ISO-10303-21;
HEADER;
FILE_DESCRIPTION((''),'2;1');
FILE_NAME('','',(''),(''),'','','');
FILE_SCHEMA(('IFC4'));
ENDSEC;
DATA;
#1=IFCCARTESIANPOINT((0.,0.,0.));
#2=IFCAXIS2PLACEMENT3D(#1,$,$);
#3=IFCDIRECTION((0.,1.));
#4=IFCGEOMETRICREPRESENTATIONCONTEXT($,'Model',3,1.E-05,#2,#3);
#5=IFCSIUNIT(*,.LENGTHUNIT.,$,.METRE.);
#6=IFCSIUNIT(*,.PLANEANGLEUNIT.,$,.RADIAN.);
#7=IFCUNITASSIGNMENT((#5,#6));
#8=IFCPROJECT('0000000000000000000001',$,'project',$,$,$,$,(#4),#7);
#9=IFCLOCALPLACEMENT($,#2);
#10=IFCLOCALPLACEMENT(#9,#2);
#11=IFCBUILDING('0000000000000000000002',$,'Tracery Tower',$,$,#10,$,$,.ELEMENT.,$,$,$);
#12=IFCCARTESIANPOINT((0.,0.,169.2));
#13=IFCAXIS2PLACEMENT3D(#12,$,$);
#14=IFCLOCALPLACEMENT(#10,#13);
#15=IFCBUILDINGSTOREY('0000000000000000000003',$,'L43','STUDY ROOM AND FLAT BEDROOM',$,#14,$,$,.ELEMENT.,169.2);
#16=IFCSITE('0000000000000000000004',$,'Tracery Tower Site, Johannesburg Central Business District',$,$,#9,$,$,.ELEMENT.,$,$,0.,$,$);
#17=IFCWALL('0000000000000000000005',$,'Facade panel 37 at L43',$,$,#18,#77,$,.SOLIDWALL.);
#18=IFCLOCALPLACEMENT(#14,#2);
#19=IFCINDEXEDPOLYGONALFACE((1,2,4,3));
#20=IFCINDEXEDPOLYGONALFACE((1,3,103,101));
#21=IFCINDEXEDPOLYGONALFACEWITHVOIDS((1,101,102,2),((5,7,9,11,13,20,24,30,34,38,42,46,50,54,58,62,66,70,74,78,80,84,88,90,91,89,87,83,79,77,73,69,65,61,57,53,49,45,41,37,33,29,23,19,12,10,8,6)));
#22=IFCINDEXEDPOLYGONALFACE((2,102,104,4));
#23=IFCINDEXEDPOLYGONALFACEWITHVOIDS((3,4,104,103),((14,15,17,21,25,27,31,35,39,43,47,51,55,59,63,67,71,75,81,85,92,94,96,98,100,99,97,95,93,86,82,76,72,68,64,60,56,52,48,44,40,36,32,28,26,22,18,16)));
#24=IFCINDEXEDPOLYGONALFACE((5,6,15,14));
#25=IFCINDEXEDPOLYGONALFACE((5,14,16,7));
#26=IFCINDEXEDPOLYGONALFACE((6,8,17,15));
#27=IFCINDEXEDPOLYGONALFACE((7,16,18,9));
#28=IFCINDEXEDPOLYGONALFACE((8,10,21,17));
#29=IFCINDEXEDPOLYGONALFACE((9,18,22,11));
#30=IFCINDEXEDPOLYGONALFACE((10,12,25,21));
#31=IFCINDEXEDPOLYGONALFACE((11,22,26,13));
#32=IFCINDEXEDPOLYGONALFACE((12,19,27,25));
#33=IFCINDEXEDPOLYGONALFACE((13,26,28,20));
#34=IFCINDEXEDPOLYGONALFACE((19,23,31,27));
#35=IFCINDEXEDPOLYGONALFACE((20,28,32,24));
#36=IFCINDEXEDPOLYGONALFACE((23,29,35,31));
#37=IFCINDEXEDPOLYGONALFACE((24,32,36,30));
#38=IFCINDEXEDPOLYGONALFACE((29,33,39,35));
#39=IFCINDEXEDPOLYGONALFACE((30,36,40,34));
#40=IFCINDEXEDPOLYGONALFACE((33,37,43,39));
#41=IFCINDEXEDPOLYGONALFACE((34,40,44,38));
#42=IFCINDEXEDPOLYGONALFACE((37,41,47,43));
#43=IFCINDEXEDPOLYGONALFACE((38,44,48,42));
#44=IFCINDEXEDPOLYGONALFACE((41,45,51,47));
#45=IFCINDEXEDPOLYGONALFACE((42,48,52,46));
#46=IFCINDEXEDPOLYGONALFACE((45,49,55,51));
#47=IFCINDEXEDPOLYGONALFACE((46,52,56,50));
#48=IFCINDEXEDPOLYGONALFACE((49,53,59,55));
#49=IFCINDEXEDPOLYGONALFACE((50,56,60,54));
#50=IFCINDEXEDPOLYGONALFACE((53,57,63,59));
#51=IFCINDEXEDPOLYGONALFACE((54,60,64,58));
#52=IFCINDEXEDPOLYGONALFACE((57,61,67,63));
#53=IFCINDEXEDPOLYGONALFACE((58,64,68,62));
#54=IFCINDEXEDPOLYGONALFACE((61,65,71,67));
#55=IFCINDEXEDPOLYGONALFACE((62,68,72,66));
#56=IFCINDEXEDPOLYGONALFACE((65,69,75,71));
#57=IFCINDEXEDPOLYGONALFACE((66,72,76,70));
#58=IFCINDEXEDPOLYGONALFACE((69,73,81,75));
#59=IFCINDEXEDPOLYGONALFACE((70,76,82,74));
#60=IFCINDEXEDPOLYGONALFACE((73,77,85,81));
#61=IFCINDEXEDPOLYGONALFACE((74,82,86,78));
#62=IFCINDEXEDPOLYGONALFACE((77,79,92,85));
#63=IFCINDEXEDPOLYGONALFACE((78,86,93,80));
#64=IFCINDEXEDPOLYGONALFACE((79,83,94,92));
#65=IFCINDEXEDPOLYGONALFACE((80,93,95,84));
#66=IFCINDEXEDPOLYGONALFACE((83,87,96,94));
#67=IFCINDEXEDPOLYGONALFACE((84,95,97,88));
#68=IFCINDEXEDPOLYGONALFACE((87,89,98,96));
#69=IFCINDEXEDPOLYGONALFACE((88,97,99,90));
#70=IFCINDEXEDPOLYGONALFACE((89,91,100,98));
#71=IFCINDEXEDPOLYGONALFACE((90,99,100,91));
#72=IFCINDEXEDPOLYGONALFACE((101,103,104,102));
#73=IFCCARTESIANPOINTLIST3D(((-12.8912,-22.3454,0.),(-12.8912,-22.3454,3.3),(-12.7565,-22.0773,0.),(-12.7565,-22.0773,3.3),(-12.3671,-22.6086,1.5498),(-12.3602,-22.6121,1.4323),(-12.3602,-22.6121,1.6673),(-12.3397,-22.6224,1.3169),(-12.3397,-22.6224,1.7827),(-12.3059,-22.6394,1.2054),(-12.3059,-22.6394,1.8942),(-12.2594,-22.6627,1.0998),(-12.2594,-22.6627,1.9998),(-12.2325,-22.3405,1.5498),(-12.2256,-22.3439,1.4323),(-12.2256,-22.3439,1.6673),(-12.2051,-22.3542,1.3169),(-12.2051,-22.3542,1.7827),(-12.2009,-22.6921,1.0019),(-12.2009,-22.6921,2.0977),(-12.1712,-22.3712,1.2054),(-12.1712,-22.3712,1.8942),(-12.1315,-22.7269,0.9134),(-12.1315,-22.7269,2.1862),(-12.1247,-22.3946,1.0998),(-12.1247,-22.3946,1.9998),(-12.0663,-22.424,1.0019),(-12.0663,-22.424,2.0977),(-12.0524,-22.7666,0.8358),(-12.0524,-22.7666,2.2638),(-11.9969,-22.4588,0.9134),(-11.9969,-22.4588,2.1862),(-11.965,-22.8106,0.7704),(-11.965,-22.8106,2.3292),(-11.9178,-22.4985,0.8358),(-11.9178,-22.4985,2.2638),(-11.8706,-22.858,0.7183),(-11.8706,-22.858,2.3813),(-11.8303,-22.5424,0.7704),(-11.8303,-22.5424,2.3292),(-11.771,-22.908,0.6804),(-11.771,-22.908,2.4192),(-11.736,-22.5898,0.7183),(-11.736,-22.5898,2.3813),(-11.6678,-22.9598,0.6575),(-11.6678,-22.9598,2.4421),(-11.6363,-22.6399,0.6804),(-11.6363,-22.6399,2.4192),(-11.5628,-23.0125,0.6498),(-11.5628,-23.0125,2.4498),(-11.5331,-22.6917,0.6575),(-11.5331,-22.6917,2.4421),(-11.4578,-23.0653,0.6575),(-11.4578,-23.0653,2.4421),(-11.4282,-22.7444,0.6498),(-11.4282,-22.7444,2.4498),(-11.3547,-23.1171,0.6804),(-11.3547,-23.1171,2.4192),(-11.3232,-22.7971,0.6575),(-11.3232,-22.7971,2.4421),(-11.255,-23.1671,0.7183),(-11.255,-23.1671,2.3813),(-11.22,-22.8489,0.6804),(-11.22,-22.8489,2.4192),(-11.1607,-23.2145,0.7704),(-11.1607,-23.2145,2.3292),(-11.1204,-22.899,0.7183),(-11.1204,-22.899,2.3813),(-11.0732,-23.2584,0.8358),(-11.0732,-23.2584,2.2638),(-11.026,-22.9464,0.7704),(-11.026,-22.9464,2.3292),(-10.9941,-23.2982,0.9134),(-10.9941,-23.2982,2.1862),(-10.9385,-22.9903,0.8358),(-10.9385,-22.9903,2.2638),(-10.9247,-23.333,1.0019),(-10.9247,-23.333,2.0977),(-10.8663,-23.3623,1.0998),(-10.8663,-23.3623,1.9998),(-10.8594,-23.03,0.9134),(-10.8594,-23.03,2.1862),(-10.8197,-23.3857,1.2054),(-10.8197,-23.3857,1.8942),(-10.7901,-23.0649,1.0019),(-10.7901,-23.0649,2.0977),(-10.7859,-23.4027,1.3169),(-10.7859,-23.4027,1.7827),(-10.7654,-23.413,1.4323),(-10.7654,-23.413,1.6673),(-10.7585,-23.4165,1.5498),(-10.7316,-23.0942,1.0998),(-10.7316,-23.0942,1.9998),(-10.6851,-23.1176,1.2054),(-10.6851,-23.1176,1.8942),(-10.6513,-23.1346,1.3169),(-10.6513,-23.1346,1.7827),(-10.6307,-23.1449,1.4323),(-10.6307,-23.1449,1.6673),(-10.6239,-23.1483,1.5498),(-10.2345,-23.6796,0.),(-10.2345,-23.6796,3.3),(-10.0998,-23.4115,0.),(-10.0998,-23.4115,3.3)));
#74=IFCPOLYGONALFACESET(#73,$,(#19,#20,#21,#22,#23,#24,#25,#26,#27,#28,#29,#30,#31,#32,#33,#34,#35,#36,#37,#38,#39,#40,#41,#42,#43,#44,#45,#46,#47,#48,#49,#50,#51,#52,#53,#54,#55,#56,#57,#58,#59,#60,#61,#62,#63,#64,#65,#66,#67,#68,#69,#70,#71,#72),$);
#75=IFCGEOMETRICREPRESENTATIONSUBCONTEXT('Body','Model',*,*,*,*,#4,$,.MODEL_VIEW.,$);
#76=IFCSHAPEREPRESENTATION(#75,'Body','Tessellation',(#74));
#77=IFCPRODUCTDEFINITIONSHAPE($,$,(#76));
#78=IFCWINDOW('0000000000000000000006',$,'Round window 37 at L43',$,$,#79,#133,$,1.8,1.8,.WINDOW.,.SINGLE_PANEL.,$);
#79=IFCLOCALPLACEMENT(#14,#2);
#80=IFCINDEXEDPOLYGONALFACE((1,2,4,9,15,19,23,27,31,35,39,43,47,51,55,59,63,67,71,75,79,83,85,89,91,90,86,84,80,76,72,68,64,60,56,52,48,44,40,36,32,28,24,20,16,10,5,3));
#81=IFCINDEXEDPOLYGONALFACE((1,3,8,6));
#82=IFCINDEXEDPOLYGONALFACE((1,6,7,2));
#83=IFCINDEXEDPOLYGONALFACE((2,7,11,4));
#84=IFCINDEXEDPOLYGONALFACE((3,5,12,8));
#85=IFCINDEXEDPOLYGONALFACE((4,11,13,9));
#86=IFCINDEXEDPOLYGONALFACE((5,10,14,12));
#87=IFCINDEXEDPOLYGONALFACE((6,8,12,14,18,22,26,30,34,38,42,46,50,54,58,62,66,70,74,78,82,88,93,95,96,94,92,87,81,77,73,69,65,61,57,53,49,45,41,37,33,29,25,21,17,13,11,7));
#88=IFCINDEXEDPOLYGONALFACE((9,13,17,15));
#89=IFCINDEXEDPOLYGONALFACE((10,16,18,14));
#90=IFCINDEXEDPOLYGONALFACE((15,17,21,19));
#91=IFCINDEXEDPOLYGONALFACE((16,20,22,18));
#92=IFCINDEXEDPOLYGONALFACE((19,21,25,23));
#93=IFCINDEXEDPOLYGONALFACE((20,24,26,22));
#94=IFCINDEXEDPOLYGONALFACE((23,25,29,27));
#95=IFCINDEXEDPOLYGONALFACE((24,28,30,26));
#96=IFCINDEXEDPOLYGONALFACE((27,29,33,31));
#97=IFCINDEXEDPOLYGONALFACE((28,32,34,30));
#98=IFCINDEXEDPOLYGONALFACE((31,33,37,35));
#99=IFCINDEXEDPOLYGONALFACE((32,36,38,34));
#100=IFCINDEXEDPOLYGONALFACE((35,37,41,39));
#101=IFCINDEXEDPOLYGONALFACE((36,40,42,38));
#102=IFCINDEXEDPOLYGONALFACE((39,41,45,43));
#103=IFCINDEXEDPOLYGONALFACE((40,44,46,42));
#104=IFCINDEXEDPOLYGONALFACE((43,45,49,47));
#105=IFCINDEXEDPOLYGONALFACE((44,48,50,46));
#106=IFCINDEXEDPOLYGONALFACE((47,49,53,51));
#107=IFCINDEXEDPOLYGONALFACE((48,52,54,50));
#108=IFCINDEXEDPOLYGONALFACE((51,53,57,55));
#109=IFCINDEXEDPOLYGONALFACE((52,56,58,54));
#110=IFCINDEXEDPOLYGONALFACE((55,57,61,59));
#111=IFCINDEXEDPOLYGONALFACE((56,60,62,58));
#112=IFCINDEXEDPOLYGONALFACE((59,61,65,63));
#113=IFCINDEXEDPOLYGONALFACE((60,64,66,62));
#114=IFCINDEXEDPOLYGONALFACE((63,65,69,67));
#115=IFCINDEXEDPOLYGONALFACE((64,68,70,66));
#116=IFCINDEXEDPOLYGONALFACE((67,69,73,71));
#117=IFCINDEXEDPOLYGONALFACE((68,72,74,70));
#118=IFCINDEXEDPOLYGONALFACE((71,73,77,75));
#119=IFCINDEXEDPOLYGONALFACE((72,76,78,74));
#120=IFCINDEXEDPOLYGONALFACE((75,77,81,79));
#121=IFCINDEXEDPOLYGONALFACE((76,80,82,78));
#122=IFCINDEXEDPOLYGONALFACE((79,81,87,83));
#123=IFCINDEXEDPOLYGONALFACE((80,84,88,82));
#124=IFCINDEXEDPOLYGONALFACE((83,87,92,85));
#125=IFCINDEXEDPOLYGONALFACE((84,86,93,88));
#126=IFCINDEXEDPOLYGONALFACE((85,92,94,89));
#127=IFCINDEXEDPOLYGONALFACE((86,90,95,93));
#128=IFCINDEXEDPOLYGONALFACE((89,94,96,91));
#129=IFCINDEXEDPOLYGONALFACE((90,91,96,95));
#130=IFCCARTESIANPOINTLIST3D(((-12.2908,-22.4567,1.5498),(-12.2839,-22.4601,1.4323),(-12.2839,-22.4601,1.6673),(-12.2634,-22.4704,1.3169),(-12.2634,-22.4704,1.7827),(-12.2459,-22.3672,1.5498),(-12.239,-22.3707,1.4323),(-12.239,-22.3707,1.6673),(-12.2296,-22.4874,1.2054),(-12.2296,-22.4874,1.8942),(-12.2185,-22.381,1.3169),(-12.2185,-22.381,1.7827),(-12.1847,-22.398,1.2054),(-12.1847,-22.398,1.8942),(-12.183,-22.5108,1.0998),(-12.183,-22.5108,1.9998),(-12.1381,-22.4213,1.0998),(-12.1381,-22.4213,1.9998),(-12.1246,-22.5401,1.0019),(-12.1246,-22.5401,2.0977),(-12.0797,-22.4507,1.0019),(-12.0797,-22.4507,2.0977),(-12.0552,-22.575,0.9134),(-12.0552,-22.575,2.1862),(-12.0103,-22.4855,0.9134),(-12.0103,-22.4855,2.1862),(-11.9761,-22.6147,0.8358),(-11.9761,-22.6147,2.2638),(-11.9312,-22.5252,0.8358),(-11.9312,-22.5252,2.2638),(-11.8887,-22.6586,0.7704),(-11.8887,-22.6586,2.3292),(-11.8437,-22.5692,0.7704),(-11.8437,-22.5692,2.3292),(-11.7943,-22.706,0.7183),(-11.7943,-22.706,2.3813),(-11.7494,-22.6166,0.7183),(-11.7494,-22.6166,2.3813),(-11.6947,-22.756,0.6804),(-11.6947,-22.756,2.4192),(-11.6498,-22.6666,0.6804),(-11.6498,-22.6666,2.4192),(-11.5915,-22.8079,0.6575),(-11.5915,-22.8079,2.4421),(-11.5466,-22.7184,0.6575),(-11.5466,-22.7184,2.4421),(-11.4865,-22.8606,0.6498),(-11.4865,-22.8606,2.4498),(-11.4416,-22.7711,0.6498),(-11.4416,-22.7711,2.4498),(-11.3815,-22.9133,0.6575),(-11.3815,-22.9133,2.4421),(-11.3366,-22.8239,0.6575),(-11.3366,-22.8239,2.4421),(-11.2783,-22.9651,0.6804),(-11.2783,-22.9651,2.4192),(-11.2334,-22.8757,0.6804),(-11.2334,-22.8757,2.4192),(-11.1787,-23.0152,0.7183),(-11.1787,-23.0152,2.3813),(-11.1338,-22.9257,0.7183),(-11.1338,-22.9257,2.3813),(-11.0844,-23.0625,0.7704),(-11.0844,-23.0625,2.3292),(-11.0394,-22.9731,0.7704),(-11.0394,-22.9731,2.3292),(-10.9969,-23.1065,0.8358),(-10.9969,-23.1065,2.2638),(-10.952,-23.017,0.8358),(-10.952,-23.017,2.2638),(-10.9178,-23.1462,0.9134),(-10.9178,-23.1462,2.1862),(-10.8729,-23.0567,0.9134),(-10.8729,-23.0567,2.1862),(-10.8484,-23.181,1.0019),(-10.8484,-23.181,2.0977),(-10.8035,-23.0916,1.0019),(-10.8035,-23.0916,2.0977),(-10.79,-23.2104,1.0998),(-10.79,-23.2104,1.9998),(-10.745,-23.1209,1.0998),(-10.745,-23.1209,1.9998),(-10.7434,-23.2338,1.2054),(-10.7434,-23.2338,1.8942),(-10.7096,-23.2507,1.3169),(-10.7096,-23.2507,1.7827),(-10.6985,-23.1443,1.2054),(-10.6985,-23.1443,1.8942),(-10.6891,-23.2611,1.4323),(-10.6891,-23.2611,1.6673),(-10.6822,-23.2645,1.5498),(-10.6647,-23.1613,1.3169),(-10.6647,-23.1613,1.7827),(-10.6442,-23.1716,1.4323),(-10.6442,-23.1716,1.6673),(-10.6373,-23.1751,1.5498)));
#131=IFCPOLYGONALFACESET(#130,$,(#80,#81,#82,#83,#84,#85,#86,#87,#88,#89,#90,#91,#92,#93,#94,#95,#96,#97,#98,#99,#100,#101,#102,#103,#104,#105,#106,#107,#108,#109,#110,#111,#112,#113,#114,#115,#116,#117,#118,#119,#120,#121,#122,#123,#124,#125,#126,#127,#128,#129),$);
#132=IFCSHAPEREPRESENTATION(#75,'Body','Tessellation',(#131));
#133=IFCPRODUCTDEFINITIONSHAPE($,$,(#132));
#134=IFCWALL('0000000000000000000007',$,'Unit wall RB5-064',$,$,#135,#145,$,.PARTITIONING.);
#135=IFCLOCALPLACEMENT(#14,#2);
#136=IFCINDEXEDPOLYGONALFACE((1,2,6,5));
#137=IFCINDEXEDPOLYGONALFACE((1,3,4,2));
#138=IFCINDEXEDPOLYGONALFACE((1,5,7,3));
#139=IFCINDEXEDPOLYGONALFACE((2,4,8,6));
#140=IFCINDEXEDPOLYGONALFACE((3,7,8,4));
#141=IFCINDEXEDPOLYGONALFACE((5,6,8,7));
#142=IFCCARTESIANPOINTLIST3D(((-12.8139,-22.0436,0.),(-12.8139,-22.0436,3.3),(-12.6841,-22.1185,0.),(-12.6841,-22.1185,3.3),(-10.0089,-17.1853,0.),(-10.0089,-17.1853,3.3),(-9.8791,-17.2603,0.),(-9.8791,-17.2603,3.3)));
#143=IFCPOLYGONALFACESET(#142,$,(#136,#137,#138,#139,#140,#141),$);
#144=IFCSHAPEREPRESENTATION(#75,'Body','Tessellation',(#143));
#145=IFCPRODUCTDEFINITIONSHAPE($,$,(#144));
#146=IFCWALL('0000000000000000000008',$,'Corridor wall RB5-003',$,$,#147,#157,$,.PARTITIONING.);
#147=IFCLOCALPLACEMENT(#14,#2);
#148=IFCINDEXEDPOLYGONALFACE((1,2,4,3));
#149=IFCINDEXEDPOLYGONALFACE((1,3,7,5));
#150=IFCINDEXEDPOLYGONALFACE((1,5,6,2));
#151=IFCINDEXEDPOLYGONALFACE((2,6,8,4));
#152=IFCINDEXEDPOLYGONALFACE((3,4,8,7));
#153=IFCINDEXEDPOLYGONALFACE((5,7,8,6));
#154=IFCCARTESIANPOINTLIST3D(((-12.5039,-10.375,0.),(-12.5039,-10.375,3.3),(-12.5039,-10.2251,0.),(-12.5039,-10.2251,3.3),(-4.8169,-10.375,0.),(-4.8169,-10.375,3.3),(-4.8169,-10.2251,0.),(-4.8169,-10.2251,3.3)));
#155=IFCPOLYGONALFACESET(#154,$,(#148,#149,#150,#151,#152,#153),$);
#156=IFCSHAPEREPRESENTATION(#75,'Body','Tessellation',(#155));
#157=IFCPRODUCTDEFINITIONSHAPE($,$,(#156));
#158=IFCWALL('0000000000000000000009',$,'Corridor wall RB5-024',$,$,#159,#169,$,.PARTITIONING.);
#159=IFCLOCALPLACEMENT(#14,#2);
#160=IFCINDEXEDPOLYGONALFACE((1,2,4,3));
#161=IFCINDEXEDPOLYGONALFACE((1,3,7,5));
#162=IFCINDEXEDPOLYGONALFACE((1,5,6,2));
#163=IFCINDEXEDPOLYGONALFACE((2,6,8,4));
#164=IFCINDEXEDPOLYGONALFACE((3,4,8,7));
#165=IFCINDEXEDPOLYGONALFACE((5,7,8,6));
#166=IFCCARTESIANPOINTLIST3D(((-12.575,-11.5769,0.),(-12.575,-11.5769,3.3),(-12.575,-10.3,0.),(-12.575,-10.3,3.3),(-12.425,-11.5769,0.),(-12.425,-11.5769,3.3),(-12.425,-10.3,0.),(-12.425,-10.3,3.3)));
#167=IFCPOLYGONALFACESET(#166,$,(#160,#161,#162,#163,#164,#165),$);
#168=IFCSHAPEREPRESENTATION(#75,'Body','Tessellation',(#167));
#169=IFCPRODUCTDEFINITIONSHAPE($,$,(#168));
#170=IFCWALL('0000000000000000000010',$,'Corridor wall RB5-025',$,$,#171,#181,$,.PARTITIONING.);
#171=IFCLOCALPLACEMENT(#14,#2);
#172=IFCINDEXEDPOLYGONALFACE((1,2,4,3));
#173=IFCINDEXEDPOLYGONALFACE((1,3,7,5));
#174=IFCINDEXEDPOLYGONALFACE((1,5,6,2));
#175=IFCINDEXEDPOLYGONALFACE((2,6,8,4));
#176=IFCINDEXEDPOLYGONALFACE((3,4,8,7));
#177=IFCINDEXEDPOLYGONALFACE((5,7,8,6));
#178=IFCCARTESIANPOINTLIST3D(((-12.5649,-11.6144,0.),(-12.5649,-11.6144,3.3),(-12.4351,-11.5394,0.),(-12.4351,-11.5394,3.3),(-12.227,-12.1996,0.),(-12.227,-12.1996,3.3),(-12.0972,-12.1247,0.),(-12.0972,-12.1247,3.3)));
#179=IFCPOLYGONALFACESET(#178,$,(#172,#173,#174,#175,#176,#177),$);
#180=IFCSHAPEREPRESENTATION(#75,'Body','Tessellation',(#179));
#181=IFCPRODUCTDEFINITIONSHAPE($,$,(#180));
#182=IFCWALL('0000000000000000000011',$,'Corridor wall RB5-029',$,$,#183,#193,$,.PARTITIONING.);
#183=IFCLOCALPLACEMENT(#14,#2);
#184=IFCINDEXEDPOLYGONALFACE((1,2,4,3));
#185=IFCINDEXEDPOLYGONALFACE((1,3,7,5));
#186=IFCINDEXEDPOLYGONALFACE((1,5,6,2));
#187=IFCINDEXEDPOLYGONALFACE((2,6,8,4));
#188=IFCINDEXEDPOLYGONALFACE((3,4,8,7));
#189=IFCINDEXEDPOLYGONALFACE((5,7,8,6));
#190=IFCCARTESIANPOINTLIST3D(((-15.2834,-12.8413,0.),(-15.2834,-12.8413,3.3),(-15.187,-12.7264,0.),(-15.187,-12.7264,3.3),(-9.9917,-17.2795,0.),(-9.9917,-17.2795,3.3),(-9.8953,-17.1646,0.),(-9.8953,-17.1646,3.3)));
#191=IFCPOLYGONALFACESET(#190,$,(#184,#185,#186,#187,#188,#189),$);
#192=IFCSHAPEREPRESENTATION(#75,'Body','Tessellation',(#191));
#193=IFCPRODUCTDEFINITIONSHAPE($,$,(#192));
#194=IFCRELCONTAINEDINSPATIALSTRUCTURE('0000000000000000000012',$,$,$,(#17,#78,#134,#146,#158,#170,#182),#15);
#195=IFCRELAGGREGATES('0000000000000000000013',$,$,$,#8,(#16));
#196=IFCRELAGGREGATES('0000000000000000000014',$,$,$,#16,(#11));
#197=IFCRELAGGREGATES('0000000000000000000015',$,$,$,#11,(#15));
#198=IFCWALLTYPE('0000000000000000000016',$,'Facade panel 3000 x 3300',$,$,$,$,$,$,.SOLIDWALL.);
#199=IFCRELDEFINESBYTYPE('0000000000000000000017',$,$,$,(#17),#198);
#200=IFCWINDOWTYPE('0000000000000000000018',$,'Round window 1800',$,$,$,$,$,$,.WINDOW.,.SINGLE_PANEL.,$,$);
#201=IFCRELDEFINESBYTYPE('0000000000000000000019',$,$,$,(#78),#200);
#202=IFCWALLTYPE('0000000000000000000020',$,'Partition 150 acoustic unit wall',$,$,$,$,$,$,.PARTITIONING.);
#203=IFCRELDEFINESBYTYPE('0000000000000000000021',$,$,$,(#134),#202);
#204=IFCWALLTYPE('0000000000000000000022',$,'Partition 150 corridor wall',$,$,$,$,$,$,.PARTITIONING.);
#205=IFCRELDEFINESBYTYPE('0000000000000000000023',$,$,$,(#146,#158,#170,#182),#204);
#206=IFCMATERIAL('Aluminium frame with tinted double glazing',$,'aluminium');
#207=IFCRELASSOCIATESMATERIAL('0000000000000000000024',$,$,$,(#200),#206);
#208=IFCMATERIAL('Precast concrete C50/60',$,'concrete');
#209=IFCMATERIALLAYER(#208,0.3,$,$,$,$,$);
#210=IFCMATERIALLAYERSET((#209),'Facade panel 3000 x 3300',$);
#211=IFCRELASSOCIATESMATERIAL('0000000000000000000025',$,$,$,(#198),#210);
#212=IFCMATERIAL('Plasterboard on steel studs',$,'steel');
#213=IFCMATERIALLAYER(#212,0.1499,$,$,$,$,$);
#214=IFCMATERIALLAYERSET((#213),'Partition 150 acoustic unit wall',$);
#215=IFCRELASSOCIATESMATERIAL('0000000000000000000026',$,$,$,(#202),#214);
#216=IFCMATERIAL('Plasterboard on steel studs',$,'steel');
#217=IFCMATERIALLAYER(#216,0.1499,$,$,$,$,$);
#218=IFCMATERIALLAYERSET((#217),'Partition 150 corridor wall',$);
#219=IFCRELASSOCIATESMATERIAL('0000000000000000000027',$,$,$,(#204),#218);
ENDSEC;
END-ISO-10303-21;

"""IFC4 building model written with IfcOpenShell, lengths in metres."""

from ifc_helpers import new_model, si_unit, direction, frame, frame_2d, origin, origin_2d, place, context, subcontext, project, spatial, rectangle, circle, extrude, material, layer, layer_set, type_object, element, fill, save


model = new_model("IFC4")

# Units and contexts
model_context = context("Model", 3, precision=1e-05, world=origin(), true_north=direction((0.0, 1.0)))
body_context = subcontext(model_context, "Body", "Model", "MODEL_VIEW")
ifc_project = project(units=[si_unit("LENGTHUNIT", "METRE"), si_unit("PLANEANGLEUNIT", "RADIAN")], contexts=[model_context])

# Site, building, storey
site_placement = place(None, origin())
site = spatial("IfcSite", under=ifc_project, at=site_placement, Name="Tracery Tower Site, Johannesburg Central Business District", CompositionType="ELEMENT", RefElevation=0.0)
building_placement = place(site_placement, origin())
building = spatial("IfcBuilding", under=site, at=building_placement, Name="Tracery Tower", CompositionType="ELEMENT")
storey_placement = place(building_placement, frame((0.0, 0.0, 169.2)))
storey = spatial("IfcBuildingStorey", under=building, at=storey_placement, Name="L43", Description="STUDY ROOM AND FLAT BEDROOM", CompositionType="ELEMENT", Elevation=169.2)

# Wall, opening, window
ifc_material_1 = material(Name="Aluminium frame with tinted double glazing", Category="aluminium")
window_type = type_object("IfcWindowType", Name="Round window 1800", PartitioningType="SINGLE_PANEL", PredefinedType="WINDOW", material=ifc_material_1)
ifc_material_2 = material(Name="Precast concrete C50/60", Category="concrete")
ifc_layer_1 = layer(ifc_material_2, 0.3)
ifc_layer_set_1 = layer_set([ifc_layer_1], Name="Facade panel 3000 x 3300")
wall_type_1 = type_object("IfcWallType", Name="Facade panel 3000 x 3300", PredefinedType="SOLIDWALL", material=ifc_layer_set_1)
wall_1_placement = place(storey_placement, frame((-12.8237, -22.2114, 0.0), z_axis=(0.0, 0.0, 1.0), x_axis=(0.893637, -0.44879, 0.0)))
wall_1 = element("IfcWall", 1, at=wall_1_placement, inside=storey, type_object=wall_type_1, Name="Facade panel 37 at L43", PredefinedType="SOLIDWALL", context=body_context, shape_type="SweptSolid", body=[
    extrude(rectangle(XDim=2.9729, YDim=0.3, at=frame_2d((1.4863, 0.0))), origin(), (0.0, 0.0, 1.0), 3.3),
])
opening_1_placement = place(wall_1_placement, frame((1.4863, 0.0, 1.5498)))
opening_1 = element("IfcOpeningElement", 2, at=opening_1_placement, cuts=wall_1, PredefinedType="OPENING", context=body_context, shape_type="SweptSolid", body=[
    extrude(circle(Radius=0.9, at=origin_2d()), frame((0.0, 0.1599, 0.0), z_axis=(0.0, -1.0, 0.0), x_axis=(1.0, 0.0, 0.0)), (0.0, 0.0, 1.0), 0.3201),
])
window_1_placement = place(opening_1_placement, origin())
window_1 = element("IfcWindow", 3, at=window_1_placement, inside=storey, type_object=window_type, Name="Round window 37 at L43", OverallHeight=1.8, OverallWidth=1.8, PartitioningType="SINGLE_PANEL", PredefinedType="WINDOW", context=body_context, shape_type="SweptSolid", body=[
    extrude(circle(Radius=0.9, at=origin_2d()), frame((0.0, 0.1201, 0.0), z_axis=(0.0, -1.0, 0.0), x_axis=(1.0, 0.0, 0.0)), (0.0, 0.0, 1.0), 0.1001),
])
fill(opening_1, window_1)

# Walls
ifc_material_3 = material(Name="Plasterboard on steel studs", Category="steel")
ifc_layer_2 = layer(ifc_material_3, 0.1499)
ifc_layer_set_2 = layer_set([ifc_layer_2], Name="Partition 150 acoustic unit wall")
wall_type_2 = type_object("IfcWallType", Name="Partition 150 acoustic unit wall", PredefinedType="PARTITIONING", material=ifc_layer_set_2)
wall_2_placement = place(storey_placement, frame((-12.749, -22.0811, 0.0), z_axis=(0.0, 0.0, 1.0), x_axis=(0.50001, 0.86602, 0.0)))
element("IfcWall", 4, at=wall_2_placement, inside=storey, type_object=wall_type_2, Name="Unit wall RB5-064", PredefinedType="PARTITIONING", context=body_context, shape_type="SweptSolid", body=[
    extrude(rectangle(XDim=5.6099, YDim=0.1499, at=frame_2d((2.8049, 0.0))), origin(), (0.0, 0.0, 1.0), 3.3),
])
ifc_material_4 = material(Name="Plasterboard on steel studs", Category="steel")
ifc_layer_3 = layer(ifc_material_4, 0.1499)
ifc_layer_set_3 = layer_set([ifc_layer_3], Name="Partition 150 corridor wall")
wall_type_3 = type_object("IfcWallType", Name="Partition 150 corridor wall", PredefinedType="PARTITIONING", material=ifc_layer_set_3)
wall_3_placement = place(storey_placement, frame((-12.5039, -10.3, 0.0), z_axis=(0.0, 0.0, 1.0), x_axis=(1.0, 0.0, 0.0)))
element("IfcWall", 5, at=wall_3_placement, inside=storey, type_object=wall_type_3, Name="Corridor wall RB5-003", PredefinedType="PARTITIONING", context=body_context, shape_type="SweptSolid", body=[
    extrude(rectangle(XDim=7.687, YDim=0.1499, at=frame_2d((3.8435, 0.0))), origin(), (0.0, 0.0, 1.0), 3.3),
])
wall_4_placement = place(storey_placement, frame((-12.5, -11.5769, 0.0), z_axis=(0.0, 0.0, 1.0), x_axis=(0.0, 1.0, 0.0)))
element("IfcWall", 6, at=wall_4_placement, inside=storey, type_object=wall_type_3, Name="Corridor wall RB5-024", PredefinedType="PARTITIONING", context=body_context, shape_type="SweptSolid", body=[
    extrude(rectangle(XDim=1.2769, YDim=0.1499, at=frame_2d((0.6384, 0.0))), origin(), (0.0, 0.0, 1.0), 3.3),
])
wall_5_placement = place(storey_placement, frame((-12.5, -11.5769, 0.0), z_axis=(0.0, 0.0, 1.0), x_axis=(0.500025, -0.866011, 0.0)))
element("IfcWall", 7, at=wall_5_placement, inside=storey, type_object=wall_type_3, Name="Corridor wall RB5-025", PredefinedType="PARTITIONING", context=body_context, shape_type="SweptSolid", body=[
    extrude(rectangle(XDim=0.6758, YDim=0.1499, at=frame_2d((0.3379, 0.0))), origin(), (0.0, 0.0, 1.0), 3.3),
])
wall_6_placement = place(storey_placement, frame((-15.2351, -12.7839, 0.0), z_axis=(0.0, 0.0, 1.0), x_axis=(0.766192, -0.642612, 0.0)))
element("IfcWall", 8, at=wall_6_placement, inside=storey, type_object=wall_type_3, Name="Corridor wall RB5-029", PredefinedType="PARTITIONING", context=body_context, shape_type="SweptSolid", body=[
    extrude(rectangle(XDim=6.9065, YDim=0.1499, at=frame_2d((3.4531, 0.0))), origin(), (0.0, 0.0, 1.0), 3.3),
])

save(model, "model.ifc")
